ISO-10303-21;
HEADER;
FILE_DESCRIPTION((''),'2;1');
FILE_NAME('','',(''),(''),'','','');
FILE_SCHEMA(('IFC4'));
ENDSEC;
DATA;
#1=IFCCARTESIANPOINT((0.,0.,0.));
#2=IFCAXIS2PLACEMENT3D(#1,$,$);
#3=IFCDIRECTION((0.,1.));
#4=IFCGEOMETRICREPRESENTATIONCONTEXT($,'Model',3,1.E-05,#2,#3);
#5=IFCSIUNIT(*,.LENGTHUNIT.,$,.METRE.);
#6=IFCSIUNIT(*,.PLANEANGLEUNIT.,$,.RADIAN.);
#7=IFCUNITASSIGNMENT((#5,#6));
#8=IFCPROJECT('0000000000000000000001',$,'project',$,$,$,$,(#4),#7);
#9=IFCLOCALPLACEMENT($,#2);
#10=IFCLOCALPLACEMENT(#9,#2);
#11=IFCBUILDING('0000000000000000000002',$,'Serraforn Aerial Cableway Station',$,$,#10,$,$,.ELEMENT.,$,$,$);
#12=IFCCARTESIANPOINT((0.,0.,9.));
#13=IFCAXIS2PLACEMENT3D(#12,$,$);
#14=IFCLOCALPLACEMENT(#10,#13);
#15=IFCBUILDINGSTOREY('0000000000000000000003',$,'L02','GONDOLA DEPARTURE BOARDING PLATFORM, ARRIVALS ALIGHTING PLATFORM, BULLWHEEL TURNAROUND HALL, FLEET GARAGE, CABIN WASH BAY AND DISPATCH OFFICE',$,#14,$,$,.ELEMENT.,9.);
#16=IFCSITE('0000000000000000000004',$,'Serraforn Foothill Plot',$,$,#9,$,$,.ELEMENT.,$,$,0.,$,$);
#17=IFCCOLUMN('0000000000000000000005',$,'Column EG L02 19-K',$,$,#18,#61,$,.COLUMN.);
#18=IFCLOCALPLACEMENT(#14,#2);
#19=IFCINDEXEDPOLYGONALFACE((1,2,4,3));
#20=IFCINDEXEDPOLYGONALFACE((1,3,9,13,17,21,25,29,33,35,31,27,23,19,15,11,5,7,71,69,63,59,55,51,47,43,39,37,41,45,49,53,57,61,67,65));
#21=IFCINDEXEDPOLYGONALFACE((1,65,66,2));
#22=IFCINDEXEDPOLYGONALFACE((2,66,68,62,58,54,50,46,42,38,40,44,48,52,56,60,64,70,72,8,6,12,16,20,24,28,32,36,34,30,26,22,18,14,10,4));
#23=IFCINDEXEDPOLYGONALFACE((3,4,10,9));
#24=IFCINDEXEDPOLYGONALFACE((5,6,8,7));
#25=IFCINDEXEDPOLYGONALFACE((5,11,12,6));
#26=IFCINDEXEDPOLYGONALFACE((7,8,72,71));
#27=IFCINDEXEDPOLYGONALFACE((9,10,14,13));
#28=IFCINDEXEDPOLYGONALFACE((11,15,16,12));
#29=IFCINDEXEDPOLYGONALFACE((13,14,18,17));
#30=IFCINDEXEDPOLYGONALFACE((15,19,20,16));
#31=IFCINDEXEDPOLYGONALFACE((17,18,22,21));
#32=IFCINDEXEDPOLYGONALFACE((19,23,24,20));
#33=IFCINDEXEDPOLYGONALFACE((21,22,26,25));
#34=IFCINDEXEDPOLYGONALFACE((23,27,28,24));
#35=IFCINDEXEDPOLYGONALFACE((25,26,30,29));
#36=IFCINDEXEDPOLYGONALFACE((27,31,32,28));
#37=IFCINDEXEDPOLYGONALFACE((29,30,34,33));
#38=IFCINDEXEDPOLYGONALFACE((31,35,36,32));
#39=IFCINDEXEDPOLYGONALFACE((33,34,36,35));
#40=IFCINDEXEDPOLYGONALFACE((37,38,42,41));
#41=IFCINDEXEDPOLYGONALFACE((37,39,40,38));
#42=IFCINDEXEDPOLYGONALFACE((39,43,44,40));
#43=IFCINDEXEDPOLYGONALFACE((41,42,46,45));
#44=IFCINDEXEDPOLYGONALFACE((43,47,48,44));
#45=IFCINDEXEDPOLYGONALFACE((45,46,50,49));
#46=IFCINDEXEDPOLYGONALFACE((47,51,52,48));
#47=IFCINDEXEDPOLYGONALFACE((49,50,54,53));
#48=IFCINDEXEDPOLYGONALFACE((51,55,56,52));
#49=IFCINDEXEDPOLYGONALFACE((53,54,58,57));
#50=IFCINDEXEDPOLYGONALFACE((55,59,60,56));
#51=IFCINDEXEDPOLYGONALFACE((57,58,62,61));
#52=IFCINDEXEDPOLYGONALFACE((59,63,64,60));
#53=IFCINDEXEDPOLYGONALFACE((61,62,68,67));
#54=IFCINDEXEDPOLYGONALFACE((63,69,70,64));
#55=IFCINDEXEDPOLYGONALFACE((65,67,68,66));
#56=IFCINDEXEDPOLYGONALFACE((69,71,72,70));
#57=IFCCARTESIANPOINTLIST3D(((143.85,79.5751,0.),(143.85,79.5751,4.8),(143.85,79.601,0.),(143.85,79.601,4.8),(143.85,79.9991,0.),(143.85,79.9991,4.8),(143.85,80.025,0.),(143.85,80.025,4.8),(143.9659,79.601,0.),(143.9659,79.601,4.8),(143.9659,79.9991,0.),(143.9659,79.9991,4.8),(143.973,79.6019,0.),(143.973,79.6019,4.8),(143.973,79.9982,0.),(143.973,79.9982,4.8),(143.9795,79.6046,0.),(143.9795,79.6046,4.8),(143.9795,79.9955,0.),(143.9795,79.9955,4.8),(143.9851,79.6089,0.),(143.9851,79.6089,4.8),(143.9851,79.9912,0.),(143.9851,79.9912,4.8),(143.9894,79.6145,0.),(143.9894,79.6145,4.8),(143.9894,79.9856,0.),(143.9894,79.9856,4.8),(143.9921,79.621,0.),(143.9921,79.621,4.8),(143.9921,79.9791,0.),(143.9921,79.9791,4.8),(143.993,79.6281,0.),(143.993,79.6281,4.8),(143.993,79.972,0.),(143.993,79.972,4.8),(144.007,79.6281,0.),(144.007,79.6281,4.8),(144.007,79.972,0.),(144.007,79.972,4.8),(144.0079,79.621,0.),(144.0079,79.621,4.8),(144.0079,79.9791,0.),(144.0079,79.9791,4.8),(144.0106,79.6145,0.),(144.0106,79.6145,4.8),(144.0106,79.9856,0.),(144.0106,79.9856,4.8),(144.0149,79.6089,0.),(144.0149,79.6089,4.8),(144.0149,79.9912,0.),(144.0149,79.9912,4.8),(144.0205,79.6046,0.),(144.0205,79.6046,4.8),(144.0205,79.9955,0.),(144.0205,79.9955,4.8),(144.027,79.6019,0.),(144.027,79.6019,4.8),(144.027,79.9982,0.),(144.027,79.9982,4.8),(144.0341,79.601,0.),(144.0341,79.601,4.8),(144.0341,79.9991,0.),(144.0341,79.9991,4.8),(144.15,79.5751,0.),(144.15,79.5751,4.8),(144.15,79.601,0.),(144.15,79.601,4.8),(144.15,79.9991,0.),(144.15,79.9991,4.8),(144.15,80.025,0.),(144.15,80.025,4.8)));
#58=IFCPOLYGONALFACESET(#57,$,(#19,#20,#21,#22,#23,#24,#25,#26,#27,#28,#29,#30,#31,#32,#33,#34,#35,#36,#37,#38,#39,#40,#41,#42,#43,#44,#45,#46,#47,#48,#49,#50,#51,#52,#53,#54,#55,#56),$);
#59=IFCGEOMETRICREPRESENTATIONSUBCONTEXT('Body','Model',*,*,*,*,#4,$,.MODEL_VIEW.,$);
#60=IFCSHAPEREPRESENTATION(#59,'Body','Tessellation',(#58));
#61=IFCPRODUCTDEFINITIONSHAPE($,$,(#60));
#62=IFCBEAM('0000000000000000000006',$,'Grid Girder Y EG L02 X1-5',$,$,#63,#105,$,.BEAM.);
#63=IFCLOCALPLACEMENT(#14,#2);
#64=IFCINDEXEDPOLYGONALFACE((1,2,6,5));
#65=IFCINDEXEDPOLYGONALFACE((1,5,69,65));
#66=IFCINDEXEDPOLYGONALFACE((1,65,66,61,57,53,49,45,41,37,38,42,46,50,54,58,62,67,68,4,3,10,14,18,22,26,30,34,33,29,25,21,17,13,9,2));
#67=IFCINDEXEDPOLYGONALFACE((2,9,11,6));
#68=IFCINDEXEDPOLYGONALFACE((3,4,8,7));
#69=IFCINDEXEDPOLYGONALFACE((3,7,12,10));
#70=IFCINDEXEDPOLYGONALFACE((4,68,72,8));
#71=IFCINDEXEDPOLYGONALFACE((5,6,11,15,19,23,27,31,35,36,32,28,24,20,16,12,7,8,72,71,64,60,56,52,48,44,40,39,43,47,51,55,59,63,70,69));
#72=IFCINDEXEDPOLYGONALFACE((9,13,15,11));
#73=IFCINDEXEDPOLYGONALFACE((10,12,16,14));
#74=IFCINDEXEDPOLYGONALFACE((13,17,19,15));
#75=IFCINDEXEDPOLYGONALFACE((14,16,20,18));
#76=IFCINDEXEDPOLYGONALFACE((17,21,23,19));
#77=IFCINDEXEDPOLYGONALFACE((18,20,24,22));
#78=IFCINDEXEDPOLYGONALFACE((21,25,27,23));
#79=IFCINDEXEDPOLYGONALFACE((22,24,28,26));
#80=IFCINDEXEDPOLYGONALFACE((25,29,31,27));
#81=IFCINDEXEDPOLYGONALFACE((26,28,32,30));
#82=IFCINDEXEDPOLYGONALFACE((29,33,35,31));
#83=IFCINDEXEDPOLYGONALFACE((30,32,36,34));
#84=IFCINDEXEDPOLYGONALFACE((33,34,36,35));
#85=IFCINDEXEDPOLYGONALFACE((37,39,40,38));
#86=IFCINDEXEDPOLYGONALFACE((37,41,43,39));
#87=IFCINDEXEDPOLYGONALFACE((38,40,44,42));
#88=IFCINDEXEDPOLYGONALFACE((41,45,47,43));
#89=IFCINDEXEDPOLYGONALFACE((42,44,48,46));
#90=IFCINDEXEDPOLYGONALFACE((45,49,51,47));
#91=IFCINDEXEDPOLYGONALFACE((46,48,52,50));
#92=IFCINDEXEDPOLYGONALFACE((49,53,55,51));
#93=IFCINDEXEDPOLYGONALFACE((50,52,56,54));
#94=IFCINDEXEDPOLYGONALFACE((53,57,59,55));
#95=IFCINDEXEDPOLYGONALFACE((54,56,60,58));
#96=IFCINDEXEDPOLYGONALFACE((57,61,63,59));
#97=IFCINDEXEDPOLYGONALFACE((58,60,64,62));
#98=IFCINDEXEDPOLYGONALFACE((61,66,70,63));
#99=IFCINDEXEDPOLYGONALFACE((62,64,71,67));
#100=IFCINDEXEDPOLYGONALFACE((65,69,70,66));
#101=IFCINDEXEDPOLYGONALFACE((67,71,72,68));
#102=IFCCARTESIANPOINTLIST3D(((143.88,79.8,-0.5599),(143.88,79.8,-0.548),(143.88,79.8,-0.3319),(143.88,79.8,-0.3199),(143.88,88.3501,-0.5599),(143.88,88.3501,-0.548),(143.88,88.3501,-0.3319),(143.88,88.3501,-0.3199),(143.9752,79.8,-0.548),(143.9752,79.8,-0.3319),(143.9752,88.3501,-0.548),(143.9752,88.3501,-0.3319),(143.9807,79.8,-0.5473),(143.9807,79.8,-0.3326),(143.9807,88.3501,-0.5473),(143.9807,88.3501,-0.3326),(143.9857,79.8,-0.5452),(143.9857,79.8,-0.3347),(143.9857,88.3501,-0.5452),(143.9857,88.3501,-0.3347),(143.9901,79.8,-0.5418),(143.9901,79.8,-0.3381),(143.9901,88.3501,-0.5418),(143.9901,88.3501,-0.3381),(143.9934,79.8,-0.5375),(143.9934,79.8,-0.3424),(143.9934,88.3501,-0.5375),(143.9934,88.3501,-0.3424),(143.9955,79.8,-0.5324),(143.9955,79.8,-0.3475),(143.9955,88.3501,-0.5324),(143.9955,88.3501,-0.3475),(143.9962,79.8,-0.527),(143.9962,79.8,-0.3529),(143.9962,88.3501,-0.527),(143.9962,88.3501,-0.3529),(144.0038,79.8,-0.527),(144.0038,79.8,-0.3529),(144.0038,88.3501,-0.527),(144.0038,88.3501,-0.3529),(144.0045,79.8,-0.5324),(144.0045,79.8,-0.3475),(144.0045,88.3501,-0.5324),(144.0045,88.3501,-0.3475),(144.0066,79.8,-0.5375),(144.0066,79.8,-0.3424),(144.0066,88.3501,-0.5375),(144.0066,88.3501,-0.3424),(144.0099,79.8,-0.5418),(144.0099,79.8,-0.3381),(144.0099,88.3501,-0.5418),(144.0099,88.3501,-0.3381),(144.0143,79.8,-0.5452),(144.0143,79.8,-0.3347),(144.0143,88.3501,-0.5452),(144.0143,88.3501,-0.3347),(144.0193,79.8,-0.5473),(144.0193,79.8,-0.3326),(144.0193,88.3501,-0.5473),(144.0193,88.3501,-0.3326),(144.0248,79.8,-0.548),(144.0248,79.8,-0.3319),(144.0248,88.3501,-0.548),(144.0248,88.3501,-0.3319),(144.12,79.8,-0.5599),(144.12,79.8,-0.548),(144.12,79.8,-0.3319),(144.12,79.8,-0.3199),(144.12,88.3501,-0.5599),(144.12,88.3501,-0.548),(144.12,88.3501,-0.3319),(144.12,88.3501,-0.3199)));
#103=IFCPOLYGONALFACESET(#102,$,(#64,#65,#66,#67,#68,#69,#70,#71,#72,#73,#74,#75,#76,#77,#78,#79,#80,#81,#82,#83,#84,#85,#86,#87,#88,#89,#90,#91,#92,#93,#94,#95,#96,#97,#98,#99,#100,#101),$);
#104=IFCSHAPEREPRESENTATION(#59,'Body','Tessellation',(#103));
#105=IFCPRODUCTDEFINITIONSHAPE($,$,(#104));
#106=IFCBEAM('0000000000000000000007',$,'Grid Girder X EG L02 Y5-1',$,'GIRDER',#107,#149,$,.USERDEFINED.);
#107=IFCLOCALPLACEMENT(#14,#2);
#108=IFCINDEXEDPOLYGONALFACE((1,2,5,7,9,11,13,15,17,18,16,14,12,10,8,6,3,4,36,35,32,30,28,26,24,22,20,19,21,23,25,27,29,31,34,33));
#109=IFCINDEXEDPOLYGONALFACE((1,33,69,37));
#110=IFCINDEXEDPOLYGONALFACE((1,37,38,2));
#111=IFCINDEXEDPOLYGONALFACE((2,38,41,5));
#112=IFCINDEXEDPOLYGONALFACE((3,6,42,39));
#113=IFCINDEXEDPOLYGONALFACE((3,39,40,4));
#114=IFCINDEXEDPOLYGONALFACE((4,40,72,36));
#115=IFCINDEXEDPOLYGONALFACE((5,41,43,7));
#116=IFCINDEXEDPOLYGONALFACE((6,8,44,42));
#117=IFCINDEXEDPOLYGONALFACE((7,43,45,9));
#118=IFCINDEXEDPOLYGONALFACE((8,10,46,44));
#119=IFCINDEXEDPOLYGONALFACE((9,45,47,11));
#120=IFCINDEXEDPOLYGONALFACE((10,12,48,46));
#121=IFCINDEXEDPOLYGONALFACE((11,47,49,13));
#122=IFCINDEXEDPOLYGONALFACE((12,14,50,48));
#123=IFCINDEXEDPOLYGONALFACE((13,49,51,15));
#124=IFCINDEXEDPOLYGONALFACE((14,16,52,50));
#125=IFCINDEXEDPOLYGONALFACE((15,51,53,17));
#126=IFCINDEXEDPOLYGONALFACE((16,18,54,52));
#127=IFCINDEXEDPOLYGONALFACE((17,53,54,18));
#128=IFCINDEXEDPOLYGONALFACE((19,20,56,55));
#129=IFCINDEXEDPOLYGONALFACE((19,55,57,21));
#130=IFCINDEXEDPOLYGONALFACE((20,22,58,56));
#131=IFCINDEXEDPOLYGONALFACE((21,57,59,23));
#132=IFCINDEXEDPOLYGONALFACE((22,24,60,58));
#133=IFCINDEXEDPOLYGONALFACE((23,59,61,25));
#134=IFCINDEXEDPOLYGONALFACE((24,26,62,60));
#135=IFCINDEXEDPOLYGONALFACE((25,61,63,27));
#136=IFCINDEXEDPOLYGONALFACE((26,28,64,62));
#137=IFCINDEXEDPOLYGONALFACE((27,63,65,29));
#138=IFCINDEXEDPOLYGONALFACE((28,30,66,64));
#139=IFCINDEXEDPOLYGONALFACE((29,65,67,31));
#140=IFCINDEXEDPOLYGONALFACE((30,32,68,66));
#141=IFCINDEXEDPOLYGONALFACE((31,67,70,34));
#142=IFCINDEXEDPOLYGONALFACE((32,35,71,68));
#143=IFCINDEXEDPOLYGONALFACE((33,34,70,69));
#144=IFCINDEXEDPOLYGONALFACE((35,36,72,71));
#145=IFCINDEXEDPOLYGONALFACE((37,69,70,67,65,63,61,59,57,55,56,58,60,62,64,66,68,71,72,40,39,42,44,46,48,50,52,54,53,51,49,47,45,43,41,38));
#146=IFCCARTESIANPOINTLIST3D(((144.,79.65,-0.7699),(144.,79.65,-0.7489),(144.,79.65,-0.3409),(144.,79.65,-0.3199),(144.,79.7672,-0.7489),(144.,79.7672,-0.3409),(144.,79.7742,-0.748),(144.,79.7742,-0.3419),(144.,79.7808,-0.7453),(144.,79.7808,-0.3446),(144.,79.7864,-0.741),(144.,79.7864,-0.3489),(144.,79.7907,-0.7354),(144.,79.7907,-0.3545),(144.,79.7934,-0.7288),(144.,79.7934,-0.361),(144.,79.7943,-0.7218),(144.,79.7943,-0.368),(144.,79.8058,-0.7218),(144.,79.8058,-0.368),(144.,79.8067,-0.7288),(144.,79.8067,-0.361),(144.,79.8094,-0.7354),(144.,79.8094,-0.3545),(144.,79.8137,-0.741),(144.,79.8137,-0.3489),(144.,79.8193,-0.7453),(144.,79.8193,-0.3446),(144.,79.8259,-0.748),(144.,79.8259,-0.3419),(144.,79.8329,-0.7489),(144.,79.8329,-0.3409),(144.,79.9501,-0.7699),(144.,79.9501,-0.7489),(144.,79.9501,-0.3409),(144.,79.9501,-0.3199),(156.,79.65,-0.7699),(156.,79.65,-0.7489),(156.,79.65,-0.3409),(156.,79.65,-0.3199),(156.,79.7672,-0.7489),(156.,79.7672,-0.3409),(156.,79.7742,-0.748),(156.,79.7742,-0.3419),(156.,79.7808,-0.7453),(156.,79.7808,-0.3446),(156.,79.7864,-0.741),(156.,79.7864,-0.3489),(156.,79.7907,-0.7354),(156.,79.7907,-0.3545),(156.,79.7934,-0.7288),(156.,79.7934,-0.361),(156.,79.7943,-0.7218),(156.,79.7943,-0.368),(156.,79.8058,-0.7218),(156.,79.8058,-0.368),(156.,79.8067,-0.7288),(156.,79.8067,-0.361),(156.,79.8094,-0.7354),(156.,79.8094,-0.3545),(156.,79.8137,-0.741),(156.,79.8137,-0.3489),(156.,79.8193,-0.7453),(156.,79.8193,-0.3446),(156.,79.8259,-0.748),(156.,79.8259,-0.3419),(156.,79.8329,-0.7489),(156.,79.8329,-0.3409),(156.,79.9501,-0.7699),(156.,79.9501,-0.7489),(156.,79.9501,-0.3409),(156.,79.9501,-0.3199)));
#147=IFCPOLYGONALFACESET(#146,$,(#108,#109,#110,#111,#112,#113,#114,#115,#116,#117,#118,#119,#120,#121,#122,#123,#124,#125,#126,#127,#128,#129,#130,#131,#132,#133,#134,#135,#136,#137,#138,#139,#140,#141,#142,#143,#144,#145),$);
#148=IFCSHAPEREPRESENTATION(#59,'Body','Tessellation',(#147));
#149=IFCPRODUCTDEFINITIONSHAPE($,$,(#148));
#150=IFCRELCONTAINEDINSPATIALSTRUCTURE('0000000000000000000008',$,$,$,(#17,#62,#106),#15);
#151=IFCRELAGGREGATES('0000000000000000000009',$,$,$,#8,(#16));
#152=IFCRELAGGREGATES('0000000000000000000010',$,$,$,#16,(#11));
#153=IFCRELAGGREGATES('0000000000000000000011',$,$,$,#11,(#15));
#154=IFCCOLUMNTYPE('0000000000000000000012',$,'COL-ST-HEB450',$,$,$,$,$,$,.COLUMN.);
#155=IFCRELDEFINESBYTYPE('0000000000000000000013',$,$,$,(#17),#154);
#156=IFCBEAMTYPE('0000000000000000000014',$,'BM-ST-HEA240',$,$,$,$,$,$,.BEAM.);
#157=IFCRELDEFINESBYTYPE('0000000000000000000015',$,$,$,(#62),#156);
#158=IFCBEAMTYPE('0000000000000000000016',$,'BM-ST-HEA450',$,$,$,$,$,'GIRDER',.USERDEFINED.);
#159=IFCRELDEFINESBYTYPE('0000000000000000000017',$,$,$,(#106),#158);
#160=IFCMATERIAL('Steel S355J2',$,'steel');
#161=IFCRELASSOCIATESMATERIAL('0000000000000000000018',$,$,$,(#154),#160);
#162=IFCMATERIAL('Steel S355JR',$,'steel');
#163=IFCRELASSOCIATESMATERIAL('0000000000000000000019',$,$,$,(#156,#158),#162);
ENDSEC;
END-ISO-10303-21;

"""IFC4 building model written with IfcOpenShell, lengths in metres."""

from ifc_helpers import new_model, si_unit, direction, frame, origin, origin_2d, place, context, subcontext, project, spatial, i_section, extrude, material, material_profile, profile_set, type_object, element, save


model = new_model("IFC4")

# Units and contexts
model_context = context("Model", 3, precision=1e-05, world=origin(), true_north=direction((0.0, 1.0)))
body_context = subcontext(model_context, "Body", "Model", "MODEL_VIEW")
ifc_project = project(units=[si_unit("LENGTHUNIT", "METRE"), si_unit("PLANEANGLEUNIT", "RADIAN")], contexts=[model_context])

# Site, building, storey
site_placement = place(None, origin())
site = spatial("IfcSite", under=ifc_project, at=site_placement, Name="Serraforn Foothill Plot", CompositionType="ELEMENT", RefElevation=0.0)
building_placement = place(site_placement, origin())
building = spatial("IfcBuilding", under=site, at=building_placement, Name="Serraforn Aerial Cableway Station", CompositionType="ELEMENT")
storey_placement = place(building_placement, frame((0.0, 0.0, 9.0)))
storey = spatial("IfcBuildingStorey", under=building, at=storey_placement, Name="L02", Description="GONDOLA DEPARTURE BOARDING PLATFORM, ARRIVALS ALIGHTING PLATFORM, BULLWHEEL TURNAROUND HALL, FLEET GARAGE, CABIN WASH BAY AND DISPATCH OFFICE", CompositionType="ELEMENT", Elevation=9.0)

# Column
ifc_material_1 = material(Name="Steel S355J2", Category="steel")
ifc_material_profile_1 = material_profile(ifc_material_1, i_section(OverallWidth=0.3, OverallDepth=0.45, WebThickness=0.0139, FlangeThickness=0.0259, FilletRadius=0.0271, at=origin_2d()), Name="HEB 450")
ifc_profile_set_1 = profile_set([ifc_material_profile_1], Name="Steel S355J2")
column_type = type_object("IfcColumnType", Name="COL-ST-HEB450", PredefinedType="COLUMN", material=ifc_profile_set_1)
column_placement = place(storey_placement, frame((144.0, 79.8, 0.0), z_axis=(0.0, 0.0, 1.0), x_axis=(1.0, 0.0, 0.0)))
element("IfcColumn", 1, at=column_placement, inside=storey, type_object=column_type, Name="Column EG L02 19-K", PredefinedType="COLUMN", context=body_context, shape_type="SweptSolid", body=[
    extrude(i_section(OverallWidth=0.3, OverallDepth=0.45, WebThickness=0.0139, FlangeThickness=0.0259, FilletRadius=0.0271, at=origin_2d()), origin(), (0.0, 0.0, 1.0), 4.8),
])

# Beams
ifc_material_2 = material(Name="Steel S355JR", Category="steel")
ifc_material_profile_2 = material_profile(ifc_material_2, i_section(OverallWidth=0.24, OverallDepth=0.24, WebThickness=0.0076, FlangeThickness=0.012, FilletRadius=0.021, at=origin_2d()), Name="HEA 240")
ifc_profile_set_2 = profile_set([ifc_material_profile_2], Name="Steel S355JR")
beam_type_1 = type_object("IfcBeamType", Name="BM-ST-HEA240", PredefinedType="BEAM", material=ifc_profile_set_2)
beam_1_placement = place(storey_placement, frame((144.0, 79.8, -0.4399), z_axis=(0.0, 1.0, 0.0), x_axis=(-1.0, 0.0, 0.0)))
element("IfcBeam", 2, at=beam_1_placement, inside=storey, type_object=beam_type_1, Name="Grid Girder Y EG L02 X1-5", PredefinedType="BEAM", context=body_context, shape_type="SweptSolid", body=[
    extrude(i_section(OverallWidth=0.24, OverallDepth=0.24, WebThickness=0.0076, FlangeThickness=0.012, FilletRadius=0.021, at=origin_2d()), origin(), (0.0, 0.0, 1.0), 8.55),
])
ifc_material_profile_3 = material_profile(ifc_material_2, i_section(OverallWidth=0.3, OverallDepth=0.45, WebThickness=0.0115, FlangeThickness=0.021, FilletRadius=0.0271, at=origin_2d()), Name="HEA 450")
ifc_profile_set_3 = profile_set([ifc_material_profile_3], Name="Steel S355JR")
beam_type_2 = type_object("IfcBeamType", Name="BM-ST-HEA450", ElementType="GIRDER", PredefinedType="USERDEFINED", material=ifc_profile_set_3)
beam_2_placement = place(storey_placement, frame((144.0, 79.8, -0.5449), z_axis=(1.0, 0.0, 0.0), x_axis=(0.0, 1.0, 0.0)))
element("IfcBeam", 3, at=beam_2_placement, inside=storey, type_object=beam_type_2, Name="Grid Girder X EG L02 Y5-1", ObjectType="GIRDER", PredefinedType="USERDEFINED", context=body_context, shape_type="SweptSolid", body=[
    extrude(i_section(OverallWidth=0.3, OverallDepth=0.45, WebThickness=0.0115, FlangeThickness=0.021, FilletRadius=0.0271, at=origin_2d()), origin(), (0.0, 0.0, 1.0), 12.0),
])

save(model, "model.ifc")
